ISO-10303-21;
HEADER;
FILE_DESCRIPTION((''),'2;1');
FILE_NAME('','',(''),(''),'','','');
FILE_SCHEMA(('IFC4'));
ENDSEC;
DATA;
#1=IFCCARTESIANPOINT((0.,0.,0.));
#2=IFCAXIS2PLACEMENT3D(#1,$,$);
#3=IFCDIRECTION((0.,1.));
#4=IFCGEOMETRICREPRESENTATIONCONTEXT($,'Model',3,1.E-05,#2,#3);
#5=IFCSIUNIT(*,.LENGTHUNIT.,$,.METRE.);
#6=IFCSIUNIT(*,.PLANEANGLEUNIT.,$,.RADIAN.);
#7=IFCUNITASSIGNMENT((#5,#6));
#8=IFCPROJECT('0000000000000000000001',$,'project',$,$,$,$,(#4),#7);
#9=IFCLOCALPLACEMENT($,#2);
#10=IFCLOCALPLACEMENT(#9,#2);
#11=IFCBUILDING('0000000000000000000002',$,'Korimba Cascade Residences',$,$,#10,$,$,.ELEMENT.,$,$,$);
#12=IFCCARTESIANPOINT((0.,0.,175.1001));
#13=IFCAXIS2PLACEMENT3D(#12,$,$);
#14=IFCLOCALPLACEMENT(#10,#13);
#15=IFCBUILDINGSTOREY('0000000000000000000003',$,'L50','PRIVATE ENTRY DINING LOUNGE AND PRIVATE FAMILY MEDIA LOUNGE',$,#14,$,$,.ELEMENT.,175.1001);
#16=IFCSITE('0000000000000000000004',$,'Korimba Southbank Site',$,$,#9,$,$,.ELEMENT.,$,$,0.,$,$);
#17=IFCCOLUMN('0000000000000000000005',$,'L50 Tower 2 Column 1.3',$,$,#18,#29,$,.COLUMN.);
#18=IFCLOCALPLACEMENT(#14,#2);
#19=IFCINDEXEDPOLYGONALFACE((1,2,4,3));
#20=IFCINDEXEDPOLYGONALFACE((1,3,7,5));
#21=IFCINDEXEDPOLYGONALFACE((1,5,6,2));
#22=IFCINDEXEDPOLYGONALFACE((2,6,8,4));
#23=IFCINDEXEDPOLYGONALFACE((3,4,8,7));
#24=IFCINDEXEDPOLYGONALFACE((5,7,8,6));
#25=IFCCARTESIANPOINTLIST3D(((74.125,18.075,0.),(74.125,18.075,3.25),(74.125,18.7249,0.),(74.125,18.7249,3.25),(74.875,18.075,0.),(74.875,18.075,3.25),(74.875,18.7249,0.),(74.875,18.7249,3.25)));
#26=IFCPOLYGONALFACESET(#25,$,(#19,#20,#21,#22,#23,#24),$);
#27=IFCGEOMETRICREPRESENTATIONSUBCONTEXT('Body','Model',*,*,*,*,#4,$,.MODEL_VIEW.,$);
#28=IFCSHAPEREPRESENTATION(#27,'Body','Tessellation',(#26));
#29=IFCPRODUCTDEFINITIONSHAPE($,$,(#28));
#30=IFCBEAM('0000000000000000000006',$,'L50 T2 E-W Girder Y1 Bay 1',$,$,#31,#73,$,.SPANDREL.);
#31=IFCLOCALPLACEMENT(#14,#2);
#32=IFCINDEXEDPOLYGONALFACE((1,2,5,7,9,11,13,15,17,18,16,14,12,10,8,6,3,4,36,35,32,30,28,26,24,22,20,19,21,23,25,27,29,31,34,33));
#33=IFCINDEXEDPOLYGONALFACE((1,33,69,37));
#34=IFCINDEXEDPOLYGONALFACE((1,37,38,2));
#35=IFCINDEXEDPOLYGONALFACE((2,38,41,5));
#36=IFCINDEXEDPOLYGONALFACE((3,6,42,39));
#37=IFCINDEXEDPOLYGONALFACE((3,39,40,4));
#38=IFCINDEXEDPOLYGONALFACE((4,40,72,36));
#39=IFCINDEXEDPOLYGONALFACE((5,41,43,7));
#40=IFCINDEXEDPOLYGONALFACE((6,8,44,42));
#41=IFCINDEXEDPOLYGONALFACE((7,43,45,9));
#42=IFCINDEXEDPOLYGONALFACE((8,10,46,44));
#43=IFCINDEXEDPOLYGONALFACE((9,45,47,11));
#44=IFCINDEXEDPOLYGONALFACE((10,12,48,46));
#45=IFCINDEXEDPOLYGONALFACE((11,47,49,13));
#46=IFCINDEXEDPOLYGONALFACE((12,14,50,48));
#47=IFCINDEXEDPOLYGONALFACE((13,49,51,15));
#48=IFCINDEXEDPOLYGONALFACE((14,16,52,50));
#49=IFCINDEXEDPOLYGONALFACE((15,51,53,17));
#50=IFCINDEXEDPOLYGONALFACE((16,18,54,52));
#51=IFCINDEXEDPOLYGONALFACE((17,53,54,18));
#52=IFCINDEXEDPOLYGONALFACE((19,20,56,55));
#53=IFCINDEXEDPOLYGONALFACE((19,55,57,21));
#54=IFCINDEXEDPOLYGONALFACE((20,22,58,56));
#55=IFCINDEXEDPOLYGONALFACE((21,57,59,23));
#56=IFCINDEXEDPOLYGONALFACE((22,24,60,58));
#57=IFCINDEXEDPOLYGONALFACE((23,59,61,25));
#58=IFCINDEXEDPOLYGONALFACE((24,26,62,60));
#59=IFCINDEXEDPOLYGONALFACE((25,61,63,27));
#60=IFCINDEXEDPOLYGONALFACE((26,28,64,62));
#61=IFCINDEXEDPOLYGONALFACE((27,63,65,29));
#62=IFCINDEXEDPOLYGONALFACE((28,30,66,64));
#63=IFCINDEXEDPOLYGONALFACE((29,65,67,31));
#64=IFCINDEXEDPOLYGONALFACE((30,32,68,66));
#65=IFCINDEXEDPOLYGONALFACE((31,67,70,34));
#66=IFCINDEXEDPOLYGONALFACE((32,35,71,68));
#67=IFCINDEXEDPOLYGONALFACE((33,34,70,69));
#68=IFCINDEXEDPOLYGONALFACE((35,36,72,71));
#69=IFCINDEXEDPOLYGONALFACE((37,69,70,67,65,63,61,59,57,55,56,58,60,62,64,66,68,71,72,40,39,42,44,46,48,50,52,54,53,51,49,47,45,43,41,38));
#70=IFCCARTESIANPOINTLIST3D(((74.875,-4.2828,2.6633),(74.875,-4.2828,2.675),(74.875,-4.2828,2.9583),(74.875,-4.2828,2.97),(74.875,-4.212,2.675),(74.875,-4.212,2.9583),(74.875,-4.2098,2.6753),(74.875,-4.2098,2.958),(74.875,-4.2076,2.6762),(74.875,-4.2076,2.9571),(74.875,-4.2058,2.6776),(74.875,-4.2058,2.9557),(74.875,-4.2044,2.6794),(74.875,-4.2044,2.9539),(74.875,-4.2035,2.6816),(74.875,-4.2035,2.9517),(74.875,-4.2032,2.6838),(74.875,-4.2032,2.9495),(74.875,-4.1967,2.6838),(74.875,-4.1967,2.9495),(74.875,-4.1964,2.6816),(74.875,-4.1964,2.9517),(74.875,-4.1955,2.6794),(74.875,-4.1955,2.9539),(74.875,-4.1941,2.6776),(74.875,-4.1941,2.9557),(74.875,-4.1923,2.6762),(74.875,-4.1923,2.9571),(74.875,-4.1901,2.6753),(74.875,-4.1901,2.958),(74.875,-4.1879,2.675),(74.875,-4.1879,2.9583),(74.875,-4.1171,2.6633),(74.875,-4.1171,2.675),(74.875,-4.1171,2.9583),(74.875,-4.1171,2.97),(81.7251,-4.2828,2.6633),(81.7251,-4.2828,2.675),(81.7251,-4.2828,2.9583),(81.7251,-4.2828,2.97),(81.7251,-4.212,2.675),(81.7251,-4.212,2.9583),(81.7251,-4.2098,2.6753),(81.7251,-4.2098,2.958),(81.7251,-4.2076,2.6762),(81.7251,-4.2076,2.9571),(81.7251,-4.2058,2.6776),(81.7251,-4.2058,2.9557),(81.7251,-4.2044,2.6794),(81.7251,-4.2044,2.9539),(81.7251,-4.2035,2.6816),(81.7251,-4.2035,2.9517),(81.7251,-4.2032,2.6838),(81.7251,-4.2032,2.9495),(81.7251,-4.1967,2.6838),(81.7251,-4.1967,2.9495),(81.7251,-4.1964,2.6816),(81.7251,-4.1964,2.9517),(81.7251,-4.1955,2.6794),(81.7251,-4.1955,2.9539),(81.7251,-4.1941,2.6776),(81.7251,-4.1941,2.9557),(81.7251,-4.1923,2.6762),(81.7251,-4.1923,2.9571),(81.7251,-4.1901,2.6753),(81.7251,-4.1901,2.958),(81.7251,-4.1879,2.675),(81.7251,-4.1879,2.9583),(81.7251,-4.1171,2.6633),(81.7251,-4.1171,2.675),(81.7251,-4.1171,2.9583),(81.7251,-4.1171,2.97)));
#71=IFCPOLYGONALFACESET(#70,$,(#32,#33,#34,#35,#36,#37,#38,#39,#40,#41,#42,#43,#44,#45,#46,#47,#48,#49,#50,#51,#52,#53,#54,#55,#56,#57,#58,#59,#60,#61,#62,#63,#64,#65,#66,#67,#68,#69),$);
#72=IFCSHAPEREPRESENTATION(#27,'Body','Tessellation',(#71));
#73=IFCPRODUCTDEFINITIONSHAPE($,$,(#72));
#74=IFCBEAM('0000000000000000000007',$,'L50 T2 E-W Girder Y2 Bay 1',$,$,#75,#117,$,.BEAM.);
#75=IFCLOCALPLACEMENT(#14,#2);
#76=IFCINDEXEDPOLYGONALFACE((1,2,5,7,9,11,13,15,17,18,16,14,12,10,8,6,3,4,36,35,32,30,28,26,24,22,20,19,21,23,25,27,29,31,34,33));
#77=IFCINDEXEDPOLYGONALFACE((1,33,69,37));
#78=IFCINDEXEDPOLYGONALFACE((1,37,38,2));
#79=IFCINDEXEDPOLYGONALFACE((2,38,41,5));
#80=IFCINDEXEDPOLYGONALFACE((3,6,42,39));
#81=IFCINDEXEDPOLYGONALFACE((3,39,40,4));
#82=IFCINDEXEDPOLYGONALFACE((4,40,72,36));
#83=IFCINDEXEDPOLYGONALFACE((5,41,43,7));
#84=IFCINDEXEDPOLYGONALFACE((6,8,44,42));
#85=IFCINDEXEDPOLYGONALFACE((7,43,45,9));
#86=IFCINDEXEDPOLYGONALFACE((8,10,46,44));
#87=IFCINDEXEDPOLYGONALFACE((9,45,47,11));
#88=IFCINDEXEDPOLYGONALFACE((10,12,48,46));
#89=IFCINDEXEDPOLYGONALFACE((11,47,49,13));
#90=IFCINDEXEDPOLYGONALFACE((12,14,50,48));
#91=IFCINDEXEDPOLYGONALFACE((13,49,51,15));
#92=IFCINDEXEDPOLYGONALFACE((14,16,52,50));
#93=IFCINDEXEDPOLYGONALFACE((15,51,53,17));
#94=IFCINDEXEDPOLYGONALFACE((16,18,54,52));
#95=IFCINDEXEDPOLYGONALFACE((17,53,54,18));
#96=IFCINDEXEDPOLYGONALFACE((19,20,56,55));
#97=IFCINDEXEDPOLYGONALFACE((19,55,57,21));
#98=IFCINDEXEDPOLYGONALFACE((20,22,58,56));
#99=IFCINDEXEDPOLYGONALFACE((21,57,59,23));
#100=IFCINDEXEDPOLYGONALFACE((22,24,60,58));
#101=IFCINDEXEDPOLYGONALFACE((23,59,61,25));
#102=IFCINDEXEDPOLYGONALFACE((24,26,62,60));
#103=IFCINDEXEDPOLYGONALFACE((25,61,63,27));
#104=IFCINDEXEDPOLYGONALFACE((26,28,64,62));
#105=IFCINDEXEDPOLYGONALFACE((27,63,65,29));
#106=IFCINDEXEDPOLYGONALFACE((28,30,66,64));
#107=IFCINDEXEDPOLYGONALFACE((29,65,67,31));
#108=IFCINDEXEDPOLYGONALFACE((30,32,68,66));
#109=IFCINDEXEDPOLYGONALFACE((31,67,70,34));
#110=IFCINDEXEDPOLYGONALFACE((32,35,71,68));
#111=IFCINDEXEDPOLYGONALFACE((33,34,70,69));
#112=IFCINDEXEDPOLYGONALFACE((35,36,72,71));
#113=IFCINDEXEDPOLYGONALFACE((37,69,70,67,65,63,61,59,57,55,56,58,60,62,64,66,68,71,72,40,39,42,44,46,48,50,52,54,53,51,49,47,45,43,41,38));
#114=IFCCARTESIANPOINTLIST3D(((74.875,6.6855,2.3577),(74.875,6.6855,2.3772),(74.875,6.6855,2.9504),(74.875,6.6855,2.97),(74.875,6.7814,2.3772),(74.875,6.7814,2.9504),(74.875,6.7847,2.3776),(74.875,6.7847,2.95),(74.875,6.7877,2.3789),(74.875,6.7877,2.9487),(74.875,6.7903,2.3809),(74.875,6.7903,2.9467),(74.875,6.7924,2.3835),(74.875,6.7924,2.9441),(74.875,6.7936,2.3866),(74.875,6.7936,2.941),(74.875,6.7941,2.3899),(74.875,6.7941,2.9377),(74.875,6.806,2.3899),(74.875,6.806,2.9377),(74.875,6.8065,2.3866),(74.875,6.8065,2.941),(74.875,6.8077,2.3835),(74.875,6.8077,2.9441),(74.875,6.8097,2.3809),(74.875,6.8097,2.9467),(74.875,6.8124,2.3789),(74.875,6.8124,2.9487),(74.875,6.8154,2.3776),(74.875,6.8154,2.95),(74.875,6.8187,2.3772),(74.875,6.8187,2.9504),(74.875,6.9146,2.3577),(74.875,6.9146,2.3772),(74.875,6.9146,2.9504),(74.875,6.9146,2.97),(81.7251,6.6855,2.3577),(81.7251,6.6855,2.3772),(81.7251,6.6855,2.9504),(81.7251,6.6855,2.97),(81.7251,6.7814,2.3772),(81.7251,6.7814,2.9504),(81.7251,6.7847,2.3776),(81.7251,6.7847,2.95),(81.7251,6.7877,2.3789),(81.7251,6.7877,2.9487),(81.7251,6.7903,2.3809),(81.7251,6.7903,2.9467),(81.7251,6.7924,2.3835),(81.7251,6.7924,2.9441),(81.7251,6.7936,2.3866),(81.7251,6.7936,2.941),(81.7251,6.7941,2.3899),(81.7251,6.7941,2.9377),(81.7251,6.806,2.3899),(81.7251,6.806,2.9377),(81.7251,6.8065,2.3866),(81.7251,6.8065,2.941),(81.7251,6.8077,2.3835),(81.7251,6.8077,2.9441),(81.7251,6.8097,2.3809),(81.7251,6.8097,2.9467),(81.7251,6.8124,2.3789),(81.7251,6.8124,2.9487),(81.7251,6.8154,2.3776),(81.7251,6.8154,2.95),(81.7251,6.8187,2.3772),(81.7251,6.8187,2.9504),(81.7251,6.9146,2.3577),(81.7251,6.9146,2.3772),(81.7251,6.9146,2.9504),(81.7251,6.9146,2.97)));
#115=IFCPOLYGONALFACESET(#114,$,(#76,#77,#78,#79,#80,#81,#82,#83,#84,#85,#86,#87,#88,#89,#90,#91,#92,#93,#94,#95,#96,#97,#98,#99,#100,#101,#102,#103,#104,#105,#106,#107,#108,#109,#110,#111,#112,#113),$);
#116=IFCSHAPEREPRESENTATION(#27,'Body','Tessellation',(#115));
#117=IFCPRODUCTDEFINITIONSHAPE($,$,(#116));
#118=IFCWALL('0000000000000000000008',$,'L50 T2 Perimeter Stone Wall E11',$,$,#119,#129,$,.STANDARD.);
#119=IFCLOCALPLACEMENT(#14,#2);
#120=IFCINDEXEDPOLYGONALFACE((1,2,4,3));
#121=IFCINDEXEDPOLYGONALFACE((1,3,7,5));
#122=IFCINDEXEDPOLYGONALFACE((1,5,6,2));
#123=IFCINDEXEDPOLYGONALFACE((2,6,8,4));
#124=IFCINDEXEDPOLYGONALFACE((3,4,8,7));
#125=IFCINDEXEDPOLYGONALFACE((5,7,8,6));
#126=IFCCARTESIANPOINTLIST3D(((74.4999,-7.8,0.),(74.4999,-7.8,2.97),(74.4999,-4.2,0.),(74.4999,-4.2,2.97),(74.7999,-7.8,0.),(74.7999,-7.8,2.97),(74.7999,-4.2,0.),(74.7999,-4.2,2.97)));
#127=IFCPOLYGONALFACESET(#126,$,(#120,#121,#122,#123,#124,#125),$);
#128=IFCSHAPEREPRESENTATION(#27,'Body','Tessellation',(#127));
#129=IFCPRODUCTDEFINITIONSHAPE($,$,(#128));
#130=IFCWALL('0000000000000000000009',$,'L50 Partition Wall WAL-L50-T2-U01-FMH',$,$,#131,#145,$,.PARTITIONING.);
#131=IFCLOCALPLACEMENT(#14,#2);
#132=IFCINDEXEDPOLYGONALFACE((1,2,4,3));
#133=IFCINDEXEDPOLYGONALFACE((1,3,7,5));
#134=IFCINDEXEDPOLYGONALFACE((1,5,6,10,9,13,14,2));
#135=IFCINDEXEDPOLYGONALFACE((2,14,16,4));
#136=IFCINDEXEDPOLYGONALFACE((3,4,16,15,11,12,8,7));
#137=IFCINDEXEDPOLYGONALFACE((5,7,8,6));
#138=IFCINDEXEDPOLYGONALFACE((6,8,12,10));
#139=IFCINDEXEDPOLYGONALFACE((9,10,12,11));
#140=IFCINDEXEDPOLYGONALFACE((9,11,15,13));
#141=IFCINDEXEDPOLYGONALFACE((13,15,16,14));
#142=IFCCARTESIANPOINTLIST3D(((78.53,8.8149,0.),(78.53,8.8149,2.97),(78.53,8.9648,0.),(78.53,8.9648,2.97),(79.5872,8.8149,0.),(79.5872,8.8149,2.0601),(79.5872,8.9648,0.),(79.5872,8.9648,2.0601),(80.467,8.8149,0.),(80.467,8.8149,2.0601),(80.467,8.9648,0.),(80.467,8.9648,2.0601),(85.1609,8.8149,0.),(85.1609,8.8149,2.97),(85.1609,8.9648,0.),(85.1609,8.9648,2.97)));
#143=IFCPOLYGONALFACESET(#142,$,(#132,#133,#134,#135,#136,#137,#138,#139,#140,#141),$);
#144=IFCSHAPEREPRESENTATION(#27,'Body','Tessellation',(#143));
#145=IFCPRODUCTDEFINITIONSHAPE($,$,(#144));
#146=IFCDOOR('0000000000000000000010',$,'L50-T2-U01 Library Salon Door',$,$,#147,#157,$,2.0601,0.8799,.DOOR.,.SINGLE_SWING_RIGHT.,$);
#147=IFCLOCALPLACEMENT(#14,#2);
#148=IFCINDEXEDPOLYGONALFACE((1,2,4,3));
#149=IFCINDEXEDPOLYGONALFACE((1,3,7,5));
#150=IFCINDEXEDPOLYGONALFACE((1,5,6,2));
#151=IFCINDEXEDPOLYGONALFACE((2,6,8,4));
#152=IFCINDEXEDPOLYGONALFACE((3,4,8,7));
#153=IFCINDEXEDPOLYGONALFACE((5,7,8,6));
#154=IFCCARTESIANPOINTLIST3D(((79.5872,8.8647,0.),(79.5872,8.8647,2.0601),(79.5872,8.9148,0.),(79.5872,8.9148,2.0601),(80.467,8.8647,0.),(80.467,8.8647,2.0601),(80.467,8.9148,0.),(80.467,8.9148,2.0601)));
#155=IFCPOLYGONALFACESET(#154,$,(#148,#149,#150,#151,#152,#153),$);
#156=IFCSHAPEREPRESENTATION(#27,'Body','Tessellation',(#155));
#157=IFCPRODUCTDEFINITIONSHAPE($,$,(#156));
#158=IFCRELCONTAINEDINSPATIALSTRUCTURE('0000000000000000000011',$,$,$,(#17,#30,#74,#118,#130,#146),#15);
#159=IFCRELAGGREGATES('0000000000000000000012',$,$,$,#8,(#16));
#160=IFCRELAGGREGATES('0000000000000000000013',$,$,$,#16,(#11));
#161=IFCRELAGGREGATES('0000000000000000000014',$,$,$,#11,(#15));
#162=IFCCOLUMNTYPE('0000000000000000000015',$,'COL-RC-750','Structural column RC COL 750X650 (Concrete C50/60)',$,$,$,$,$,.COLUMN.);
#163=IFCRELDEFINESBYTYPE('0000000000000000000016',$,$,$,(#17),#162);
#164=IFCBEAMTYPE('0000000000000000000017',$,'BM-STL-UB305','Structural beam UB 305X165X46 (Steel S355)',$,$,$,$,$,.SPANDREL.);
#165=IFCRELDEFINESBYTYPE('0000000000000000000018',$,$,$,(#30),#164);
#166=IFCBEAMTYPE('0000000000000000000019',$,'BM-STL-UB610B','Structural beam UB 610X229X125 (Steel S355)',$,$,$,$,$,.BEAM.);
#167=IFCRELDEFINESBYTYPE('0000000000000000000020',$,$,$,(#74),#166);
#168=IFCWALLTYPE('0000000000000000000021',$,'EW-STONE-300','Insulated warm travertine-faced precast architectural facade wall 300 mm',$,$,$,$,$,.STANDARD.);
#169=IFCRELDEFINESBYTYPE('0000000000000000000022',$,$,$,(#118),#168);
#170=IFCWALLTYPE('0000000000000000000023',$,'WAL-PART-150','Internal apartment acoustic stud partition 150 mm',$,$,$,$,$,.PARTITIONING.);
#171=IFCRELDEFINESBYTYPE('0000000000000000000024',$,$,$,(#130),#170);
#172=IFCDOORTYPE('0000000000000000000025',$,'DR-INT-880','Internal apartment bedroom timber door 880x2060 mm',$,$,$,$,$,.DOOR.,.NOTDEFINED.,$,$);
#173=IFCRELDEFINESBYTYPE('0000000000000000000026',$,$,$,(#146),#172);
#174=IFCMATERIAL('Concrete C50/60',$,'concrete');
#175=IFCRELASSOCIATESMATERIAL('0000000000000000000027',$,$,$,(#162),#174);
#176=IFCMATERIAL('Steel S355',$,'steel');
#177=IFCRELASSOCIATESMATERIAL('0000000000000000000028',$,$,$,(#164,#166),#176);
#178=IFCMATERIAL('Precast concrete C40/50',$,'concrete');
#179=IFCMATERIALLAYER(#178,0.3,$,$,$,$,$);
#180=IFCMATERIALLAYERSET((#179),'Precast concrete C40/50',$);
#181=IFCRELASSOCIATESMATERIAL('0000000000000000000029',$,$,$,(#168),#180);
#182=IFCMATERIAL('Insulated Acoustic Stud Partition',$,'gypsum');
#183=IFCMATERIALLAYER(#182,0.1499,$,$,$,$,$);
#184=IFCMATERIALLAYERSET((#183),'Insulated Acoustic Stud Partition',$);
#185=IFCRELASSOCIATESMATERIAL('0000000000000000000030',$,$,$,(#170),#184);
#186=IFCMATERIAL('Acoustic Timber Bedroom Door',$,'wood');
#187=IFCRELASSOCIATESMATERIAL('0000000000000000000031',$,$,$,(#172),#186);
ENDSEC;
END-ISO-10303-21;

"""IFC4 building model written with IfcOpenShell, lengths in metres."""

from ifc_helpers import new_model, si_unit, direction, frame, frame_2d, origin, origin_2d, place, context, subcontext, project, spatial, rectangle, i_section, extrude, material, layer, layer_set, material_profile, profile_set, type_object, element, fill, save


model = new_model("IFC4")

# Units and contexts
model_context = context("Model", 3, precision=1e-05, world=origin(), true_north=direction((0.0, 1.0)))
body_context = subcontext(model_context, "Body", "Model", "MODEL_VIEW")
ifc_project = project(units=[si_unit("LENGTHUNIT", "METRE"), si_unit("PLANEANGLEUNIT", "RADIAN")], contexts=[model_context])

# Site, building, storey
site_placement = place(None, origin())
site = spatial("IfcSite", under=ifc_project, at=site_placement, Name="Korimba Southbank Site", CompositionType="ELEMENT", RefElevation=0.0)
building_placement = place(site_placement, origin())
building = spatial("IfcBuilding", under=site, at=building_placement, Name="Korimba Cascade Residences", CompositionType="ELEMENT")
storey_placement = place(building_placement, frame((0.0, 0.0, 175.1001)))
storey = spatial("IfcBuildingStorey", under=building, at=storey_placement, Name="L50", Description="PRIVATE ENTRY DINING LOUNGE AND PRIVATE FAMILY MEDIA LOUNGE", CompositionType="ELEMENT", Elevation=175.1001)

# Column
ifc_material_1 = material(Name="Concrete C50/60", Category="concrete")
ifc_material_profile_1 = material_profile(ifc_material_1, rectangle(XDim=0.75, YDim=0.6499, at=origin_2d()), Name="Concrete C50/60")
ifc_profile_set_1 = profile_set([ifc_material_profile_1], Name="Concrete C50/60")
column_type = type_object("IfcColumnType", Name="COL-RC-750", Description="Structural column RC COL 750X650 (Concrete C50/60)", PredefinedType="COLUMN", material=ifc_profile_set_1)
column_placement = place(storey_placement, frame((74.5, 18.3999, 0.0), z_axis=(0.0, 0.0, 1.0), x_axis=(1.0, 0.0, 0.0)))
element("IfcColumn", 1, at=column_placement, inside=storey, type_object=column_type, Name="L50 Tower 2 Column 1.3", PredefinedType="COLUMN", context=body_context, shape_type="SweptSolid", body=[
    extrude(rectangle(XDim=0.75, YDim=0.6499, at=origin_2d()), origin(), (0.0, 0.0, 1.0), 3.25),
])

# Beams
ifc_material_2 = material(Name="Steel S355", Category="steel")
ifc_material_profile_2 = material_profile(ifc_material_2, i_section(OverallWidth=0.1658, OverallDepth=0.3066, WebThickness=0.0066, FlangeThickness=0.0117, FilletRadius=0.0088, at=origin_2d()), Name="Steel S355")
ifc_profile_set_2 = profile_set([ifc_material_profile_2], Name="Steel S355")
beam_type_1 = type_object("IfcBeamType", Name="BM-STL-UB305", Description="Structural beam UB 305X165X46 (Steel S355)", PredefinedType="SPANDREL", material=ifc_profile_set_2)
beam_1_placement = place(storey_placement, frame((74.875, -4.2, 2.8167), z_axis=(1.0, 0.0, 0.0), x_axis=(0.0, 1.0, 0.0)))
element("IfcBeam", 2, at=beam_1_placement, inside=storey, type_object=beam_type_1, Name="L50 T2 E-W Girder Y1 Bay 1", PredefinedType="SPANDREL", context=body_context, shape_type="SweptSolid", body=[
    extrude(i_section(OverallWidth=0.1658, OverallDepth=0.3066, WebThickness=0.0066, FlangeThickness=0.0117, FilletRadius=0.0088, at=origin_2d()), origin(), (0.0, 0.0, 1.0), 6.8501),
])
ifc_material_profile_3 = material_profile(ifc_material_2, i_section(OverallWidth=0.229, OverallDepth=0.6123, WebThickness=0.012, FlangeThickness=0.0195, FilletRadius=0.0127, at=origin_2d()), Name="Steel S355")
ifc_profile_set_3 = profile_set([ifc_material_profile_3], Name="Steel S355")
beam_type_2 = type_object("IfcBeamType", Name="BM-STL-UB610B", Description="Structural beam UB 610X229X125 (Steel S355)", PredefinedType="BEAM", material=ifc_profile_set_3)
beam_2_placement = place(storey_placement, frame((74.875, 6.8, 2.6638), z_axis=(1.0, 0.0, 0.0), x_axis=(0.0, 1.0, 0.0)))
element("IfcBeam", 3, at=beam_2_placement, inside=storey, type_object=beam_type_2, Name="L50 T2 E-W Girder Y2 Bay 1", PredefinedType="BEAM", context=body_context, shape_type="SweptSolid", body=[
    extrude(i_section(OverallWidth=0.229, OverallDepth=0.6123, WebThickness=0.012, FlangeThickness=0.0195, FilletRadius=0.0127, at=origin_2d()), origin(), (0.0, 0.0, 1.0), 6.8501),
])

# Wall
ifc_material_3 = material(Name="Precast concrete C40/50", Category="concrete")
ifc_layer_1 = layer(ifc_material_3, 0.3)
ifc_layer_set_1 = layer_set([ifc_layer_1], Name="Precast concrete C40/50")
wall_type_1 = type_object("IfcWallType", Name="EW-STONE-300", Description="Insulated warm travertine-faced precast architectural facade wall 300 mm", PredefinedType="STANDARD", material=ifc_layer_set_1)
wall_1_placement = place(storey_placement, frame((74.6499, -4.2, 0.0), z_axis=(0.0, 0.0, 1.0), x_axis=(0.0, -1.0, 0.0)))
element("IfcWall", 4, at=wall_1_placement, inside=storey, type_object=wall_type_1, Name="L50 T2 Perimeter Stone Wall E11", PredefinedType="STANDARD", context=body_context, shape_type="SweptSolid", body=[
    extrude(rectangle(XDim=3.6001, YDim=0.3, at=frame_2d((1.8, 0.0))), origin(), (0.0, 0.0, 1.0), 2.97),
])

# Wall, opening, door
ifc_material_4 = material(Name="Insulated Acoustic Stud Partition", Category="gypsum")
ifc_layer_2 = layer(ifc_material_4, 0.1499)
ifc_layer_set_2 = layer_set([ifc_layer_2], Name="Insulated Acoustic Stud Partition")
wall_type_2 = type_object("IfcWallType", Name="WAL-PART-150", Description="Internal apartment acoustic stud partition 150 mm", PredefinedType="PARTITIONING", material=ifc_layer_set_2)
wall_2_placement = place(storey_placement, frame((78.53, 8.8899, 0.0), z_axis=(0.0, 0.0, 1.0), x_axis=(1.0, 0.0, 0.0)))
wall_2 = element("IfcWall", 5, at=wall_2_placement, inside=storey, type_object=wall_type_2, Name="L50 Partition Wall WAL-L50-T2-U01-FMH", PredefinedType="PARTITIONING", context=body_context, shape_type="SweptSolid", body=[
    extrude(rectangle(XDim=6.6309, YDim=0.1499, at=frame_2d((3.3154, 0.0))), origin(), (0.0, 0.0, 1.0), 2.97),
])
opening_1_placement = place(wall_2_placement, frame((1.0571, 0.0, 0.0)))
opening_1 = element("IfcOpeningElement", 6, at=opening_1_placement, cuts=wall_2, PredefinedType="OPENING", context=body_context, shape_type="SweptSolid", body=[
    extrude(rectangle(XDim=0.8799, YDim=2.0601, at=frame_2d((0.4399, 1.03))), frame((0.0, 0.085, 0.0), z_axis=(0.0, -1.0, 0.0), x_axis=(1.0, 0.0, 0.0)), (0.0, 0.0, 1.0), 0.1699),
])
ifc_material_5 = material(Name="Acoustic Timber Bedroom Door", Category="wood")
door_type_1 = type_object("IfcDoorType", Name="DR-INT-880", Description="Internal apartment bedroom timber door 880x2060 mm", OperationType="NOTDEFINED", PredefinedType="DOOR", material=ifc_material_5)
door_1_placement = place(opening_1_placement, origin())
door_1 = element("IfcDoor", 7, at=door_1_placement, inside=storey, type_object=door_type_1, Name="L50-T2-U01 Library Salon Door", OperationType="SINGLE_SWING_RIGHT", OverallHeight=2.0601, OverallWidth=0.8799, PredefinedType="DOOR", context=body_context, shape_type="SweptSolid", body=[
    extrude(rectangle(XDim=0.8799, YDim=2.0601, at=frame_2d((0.4399, 1.03))), frame((0.0, 0.0249, 0.0), z_axis=(0.0, -1.0, 0.0), x_axis=(1.0, 0.0, 0.0)), (0.0, 0.0, 1.0), 0.05),
])
fill(opening_1, door_1)

save(model, "model.ifc")
